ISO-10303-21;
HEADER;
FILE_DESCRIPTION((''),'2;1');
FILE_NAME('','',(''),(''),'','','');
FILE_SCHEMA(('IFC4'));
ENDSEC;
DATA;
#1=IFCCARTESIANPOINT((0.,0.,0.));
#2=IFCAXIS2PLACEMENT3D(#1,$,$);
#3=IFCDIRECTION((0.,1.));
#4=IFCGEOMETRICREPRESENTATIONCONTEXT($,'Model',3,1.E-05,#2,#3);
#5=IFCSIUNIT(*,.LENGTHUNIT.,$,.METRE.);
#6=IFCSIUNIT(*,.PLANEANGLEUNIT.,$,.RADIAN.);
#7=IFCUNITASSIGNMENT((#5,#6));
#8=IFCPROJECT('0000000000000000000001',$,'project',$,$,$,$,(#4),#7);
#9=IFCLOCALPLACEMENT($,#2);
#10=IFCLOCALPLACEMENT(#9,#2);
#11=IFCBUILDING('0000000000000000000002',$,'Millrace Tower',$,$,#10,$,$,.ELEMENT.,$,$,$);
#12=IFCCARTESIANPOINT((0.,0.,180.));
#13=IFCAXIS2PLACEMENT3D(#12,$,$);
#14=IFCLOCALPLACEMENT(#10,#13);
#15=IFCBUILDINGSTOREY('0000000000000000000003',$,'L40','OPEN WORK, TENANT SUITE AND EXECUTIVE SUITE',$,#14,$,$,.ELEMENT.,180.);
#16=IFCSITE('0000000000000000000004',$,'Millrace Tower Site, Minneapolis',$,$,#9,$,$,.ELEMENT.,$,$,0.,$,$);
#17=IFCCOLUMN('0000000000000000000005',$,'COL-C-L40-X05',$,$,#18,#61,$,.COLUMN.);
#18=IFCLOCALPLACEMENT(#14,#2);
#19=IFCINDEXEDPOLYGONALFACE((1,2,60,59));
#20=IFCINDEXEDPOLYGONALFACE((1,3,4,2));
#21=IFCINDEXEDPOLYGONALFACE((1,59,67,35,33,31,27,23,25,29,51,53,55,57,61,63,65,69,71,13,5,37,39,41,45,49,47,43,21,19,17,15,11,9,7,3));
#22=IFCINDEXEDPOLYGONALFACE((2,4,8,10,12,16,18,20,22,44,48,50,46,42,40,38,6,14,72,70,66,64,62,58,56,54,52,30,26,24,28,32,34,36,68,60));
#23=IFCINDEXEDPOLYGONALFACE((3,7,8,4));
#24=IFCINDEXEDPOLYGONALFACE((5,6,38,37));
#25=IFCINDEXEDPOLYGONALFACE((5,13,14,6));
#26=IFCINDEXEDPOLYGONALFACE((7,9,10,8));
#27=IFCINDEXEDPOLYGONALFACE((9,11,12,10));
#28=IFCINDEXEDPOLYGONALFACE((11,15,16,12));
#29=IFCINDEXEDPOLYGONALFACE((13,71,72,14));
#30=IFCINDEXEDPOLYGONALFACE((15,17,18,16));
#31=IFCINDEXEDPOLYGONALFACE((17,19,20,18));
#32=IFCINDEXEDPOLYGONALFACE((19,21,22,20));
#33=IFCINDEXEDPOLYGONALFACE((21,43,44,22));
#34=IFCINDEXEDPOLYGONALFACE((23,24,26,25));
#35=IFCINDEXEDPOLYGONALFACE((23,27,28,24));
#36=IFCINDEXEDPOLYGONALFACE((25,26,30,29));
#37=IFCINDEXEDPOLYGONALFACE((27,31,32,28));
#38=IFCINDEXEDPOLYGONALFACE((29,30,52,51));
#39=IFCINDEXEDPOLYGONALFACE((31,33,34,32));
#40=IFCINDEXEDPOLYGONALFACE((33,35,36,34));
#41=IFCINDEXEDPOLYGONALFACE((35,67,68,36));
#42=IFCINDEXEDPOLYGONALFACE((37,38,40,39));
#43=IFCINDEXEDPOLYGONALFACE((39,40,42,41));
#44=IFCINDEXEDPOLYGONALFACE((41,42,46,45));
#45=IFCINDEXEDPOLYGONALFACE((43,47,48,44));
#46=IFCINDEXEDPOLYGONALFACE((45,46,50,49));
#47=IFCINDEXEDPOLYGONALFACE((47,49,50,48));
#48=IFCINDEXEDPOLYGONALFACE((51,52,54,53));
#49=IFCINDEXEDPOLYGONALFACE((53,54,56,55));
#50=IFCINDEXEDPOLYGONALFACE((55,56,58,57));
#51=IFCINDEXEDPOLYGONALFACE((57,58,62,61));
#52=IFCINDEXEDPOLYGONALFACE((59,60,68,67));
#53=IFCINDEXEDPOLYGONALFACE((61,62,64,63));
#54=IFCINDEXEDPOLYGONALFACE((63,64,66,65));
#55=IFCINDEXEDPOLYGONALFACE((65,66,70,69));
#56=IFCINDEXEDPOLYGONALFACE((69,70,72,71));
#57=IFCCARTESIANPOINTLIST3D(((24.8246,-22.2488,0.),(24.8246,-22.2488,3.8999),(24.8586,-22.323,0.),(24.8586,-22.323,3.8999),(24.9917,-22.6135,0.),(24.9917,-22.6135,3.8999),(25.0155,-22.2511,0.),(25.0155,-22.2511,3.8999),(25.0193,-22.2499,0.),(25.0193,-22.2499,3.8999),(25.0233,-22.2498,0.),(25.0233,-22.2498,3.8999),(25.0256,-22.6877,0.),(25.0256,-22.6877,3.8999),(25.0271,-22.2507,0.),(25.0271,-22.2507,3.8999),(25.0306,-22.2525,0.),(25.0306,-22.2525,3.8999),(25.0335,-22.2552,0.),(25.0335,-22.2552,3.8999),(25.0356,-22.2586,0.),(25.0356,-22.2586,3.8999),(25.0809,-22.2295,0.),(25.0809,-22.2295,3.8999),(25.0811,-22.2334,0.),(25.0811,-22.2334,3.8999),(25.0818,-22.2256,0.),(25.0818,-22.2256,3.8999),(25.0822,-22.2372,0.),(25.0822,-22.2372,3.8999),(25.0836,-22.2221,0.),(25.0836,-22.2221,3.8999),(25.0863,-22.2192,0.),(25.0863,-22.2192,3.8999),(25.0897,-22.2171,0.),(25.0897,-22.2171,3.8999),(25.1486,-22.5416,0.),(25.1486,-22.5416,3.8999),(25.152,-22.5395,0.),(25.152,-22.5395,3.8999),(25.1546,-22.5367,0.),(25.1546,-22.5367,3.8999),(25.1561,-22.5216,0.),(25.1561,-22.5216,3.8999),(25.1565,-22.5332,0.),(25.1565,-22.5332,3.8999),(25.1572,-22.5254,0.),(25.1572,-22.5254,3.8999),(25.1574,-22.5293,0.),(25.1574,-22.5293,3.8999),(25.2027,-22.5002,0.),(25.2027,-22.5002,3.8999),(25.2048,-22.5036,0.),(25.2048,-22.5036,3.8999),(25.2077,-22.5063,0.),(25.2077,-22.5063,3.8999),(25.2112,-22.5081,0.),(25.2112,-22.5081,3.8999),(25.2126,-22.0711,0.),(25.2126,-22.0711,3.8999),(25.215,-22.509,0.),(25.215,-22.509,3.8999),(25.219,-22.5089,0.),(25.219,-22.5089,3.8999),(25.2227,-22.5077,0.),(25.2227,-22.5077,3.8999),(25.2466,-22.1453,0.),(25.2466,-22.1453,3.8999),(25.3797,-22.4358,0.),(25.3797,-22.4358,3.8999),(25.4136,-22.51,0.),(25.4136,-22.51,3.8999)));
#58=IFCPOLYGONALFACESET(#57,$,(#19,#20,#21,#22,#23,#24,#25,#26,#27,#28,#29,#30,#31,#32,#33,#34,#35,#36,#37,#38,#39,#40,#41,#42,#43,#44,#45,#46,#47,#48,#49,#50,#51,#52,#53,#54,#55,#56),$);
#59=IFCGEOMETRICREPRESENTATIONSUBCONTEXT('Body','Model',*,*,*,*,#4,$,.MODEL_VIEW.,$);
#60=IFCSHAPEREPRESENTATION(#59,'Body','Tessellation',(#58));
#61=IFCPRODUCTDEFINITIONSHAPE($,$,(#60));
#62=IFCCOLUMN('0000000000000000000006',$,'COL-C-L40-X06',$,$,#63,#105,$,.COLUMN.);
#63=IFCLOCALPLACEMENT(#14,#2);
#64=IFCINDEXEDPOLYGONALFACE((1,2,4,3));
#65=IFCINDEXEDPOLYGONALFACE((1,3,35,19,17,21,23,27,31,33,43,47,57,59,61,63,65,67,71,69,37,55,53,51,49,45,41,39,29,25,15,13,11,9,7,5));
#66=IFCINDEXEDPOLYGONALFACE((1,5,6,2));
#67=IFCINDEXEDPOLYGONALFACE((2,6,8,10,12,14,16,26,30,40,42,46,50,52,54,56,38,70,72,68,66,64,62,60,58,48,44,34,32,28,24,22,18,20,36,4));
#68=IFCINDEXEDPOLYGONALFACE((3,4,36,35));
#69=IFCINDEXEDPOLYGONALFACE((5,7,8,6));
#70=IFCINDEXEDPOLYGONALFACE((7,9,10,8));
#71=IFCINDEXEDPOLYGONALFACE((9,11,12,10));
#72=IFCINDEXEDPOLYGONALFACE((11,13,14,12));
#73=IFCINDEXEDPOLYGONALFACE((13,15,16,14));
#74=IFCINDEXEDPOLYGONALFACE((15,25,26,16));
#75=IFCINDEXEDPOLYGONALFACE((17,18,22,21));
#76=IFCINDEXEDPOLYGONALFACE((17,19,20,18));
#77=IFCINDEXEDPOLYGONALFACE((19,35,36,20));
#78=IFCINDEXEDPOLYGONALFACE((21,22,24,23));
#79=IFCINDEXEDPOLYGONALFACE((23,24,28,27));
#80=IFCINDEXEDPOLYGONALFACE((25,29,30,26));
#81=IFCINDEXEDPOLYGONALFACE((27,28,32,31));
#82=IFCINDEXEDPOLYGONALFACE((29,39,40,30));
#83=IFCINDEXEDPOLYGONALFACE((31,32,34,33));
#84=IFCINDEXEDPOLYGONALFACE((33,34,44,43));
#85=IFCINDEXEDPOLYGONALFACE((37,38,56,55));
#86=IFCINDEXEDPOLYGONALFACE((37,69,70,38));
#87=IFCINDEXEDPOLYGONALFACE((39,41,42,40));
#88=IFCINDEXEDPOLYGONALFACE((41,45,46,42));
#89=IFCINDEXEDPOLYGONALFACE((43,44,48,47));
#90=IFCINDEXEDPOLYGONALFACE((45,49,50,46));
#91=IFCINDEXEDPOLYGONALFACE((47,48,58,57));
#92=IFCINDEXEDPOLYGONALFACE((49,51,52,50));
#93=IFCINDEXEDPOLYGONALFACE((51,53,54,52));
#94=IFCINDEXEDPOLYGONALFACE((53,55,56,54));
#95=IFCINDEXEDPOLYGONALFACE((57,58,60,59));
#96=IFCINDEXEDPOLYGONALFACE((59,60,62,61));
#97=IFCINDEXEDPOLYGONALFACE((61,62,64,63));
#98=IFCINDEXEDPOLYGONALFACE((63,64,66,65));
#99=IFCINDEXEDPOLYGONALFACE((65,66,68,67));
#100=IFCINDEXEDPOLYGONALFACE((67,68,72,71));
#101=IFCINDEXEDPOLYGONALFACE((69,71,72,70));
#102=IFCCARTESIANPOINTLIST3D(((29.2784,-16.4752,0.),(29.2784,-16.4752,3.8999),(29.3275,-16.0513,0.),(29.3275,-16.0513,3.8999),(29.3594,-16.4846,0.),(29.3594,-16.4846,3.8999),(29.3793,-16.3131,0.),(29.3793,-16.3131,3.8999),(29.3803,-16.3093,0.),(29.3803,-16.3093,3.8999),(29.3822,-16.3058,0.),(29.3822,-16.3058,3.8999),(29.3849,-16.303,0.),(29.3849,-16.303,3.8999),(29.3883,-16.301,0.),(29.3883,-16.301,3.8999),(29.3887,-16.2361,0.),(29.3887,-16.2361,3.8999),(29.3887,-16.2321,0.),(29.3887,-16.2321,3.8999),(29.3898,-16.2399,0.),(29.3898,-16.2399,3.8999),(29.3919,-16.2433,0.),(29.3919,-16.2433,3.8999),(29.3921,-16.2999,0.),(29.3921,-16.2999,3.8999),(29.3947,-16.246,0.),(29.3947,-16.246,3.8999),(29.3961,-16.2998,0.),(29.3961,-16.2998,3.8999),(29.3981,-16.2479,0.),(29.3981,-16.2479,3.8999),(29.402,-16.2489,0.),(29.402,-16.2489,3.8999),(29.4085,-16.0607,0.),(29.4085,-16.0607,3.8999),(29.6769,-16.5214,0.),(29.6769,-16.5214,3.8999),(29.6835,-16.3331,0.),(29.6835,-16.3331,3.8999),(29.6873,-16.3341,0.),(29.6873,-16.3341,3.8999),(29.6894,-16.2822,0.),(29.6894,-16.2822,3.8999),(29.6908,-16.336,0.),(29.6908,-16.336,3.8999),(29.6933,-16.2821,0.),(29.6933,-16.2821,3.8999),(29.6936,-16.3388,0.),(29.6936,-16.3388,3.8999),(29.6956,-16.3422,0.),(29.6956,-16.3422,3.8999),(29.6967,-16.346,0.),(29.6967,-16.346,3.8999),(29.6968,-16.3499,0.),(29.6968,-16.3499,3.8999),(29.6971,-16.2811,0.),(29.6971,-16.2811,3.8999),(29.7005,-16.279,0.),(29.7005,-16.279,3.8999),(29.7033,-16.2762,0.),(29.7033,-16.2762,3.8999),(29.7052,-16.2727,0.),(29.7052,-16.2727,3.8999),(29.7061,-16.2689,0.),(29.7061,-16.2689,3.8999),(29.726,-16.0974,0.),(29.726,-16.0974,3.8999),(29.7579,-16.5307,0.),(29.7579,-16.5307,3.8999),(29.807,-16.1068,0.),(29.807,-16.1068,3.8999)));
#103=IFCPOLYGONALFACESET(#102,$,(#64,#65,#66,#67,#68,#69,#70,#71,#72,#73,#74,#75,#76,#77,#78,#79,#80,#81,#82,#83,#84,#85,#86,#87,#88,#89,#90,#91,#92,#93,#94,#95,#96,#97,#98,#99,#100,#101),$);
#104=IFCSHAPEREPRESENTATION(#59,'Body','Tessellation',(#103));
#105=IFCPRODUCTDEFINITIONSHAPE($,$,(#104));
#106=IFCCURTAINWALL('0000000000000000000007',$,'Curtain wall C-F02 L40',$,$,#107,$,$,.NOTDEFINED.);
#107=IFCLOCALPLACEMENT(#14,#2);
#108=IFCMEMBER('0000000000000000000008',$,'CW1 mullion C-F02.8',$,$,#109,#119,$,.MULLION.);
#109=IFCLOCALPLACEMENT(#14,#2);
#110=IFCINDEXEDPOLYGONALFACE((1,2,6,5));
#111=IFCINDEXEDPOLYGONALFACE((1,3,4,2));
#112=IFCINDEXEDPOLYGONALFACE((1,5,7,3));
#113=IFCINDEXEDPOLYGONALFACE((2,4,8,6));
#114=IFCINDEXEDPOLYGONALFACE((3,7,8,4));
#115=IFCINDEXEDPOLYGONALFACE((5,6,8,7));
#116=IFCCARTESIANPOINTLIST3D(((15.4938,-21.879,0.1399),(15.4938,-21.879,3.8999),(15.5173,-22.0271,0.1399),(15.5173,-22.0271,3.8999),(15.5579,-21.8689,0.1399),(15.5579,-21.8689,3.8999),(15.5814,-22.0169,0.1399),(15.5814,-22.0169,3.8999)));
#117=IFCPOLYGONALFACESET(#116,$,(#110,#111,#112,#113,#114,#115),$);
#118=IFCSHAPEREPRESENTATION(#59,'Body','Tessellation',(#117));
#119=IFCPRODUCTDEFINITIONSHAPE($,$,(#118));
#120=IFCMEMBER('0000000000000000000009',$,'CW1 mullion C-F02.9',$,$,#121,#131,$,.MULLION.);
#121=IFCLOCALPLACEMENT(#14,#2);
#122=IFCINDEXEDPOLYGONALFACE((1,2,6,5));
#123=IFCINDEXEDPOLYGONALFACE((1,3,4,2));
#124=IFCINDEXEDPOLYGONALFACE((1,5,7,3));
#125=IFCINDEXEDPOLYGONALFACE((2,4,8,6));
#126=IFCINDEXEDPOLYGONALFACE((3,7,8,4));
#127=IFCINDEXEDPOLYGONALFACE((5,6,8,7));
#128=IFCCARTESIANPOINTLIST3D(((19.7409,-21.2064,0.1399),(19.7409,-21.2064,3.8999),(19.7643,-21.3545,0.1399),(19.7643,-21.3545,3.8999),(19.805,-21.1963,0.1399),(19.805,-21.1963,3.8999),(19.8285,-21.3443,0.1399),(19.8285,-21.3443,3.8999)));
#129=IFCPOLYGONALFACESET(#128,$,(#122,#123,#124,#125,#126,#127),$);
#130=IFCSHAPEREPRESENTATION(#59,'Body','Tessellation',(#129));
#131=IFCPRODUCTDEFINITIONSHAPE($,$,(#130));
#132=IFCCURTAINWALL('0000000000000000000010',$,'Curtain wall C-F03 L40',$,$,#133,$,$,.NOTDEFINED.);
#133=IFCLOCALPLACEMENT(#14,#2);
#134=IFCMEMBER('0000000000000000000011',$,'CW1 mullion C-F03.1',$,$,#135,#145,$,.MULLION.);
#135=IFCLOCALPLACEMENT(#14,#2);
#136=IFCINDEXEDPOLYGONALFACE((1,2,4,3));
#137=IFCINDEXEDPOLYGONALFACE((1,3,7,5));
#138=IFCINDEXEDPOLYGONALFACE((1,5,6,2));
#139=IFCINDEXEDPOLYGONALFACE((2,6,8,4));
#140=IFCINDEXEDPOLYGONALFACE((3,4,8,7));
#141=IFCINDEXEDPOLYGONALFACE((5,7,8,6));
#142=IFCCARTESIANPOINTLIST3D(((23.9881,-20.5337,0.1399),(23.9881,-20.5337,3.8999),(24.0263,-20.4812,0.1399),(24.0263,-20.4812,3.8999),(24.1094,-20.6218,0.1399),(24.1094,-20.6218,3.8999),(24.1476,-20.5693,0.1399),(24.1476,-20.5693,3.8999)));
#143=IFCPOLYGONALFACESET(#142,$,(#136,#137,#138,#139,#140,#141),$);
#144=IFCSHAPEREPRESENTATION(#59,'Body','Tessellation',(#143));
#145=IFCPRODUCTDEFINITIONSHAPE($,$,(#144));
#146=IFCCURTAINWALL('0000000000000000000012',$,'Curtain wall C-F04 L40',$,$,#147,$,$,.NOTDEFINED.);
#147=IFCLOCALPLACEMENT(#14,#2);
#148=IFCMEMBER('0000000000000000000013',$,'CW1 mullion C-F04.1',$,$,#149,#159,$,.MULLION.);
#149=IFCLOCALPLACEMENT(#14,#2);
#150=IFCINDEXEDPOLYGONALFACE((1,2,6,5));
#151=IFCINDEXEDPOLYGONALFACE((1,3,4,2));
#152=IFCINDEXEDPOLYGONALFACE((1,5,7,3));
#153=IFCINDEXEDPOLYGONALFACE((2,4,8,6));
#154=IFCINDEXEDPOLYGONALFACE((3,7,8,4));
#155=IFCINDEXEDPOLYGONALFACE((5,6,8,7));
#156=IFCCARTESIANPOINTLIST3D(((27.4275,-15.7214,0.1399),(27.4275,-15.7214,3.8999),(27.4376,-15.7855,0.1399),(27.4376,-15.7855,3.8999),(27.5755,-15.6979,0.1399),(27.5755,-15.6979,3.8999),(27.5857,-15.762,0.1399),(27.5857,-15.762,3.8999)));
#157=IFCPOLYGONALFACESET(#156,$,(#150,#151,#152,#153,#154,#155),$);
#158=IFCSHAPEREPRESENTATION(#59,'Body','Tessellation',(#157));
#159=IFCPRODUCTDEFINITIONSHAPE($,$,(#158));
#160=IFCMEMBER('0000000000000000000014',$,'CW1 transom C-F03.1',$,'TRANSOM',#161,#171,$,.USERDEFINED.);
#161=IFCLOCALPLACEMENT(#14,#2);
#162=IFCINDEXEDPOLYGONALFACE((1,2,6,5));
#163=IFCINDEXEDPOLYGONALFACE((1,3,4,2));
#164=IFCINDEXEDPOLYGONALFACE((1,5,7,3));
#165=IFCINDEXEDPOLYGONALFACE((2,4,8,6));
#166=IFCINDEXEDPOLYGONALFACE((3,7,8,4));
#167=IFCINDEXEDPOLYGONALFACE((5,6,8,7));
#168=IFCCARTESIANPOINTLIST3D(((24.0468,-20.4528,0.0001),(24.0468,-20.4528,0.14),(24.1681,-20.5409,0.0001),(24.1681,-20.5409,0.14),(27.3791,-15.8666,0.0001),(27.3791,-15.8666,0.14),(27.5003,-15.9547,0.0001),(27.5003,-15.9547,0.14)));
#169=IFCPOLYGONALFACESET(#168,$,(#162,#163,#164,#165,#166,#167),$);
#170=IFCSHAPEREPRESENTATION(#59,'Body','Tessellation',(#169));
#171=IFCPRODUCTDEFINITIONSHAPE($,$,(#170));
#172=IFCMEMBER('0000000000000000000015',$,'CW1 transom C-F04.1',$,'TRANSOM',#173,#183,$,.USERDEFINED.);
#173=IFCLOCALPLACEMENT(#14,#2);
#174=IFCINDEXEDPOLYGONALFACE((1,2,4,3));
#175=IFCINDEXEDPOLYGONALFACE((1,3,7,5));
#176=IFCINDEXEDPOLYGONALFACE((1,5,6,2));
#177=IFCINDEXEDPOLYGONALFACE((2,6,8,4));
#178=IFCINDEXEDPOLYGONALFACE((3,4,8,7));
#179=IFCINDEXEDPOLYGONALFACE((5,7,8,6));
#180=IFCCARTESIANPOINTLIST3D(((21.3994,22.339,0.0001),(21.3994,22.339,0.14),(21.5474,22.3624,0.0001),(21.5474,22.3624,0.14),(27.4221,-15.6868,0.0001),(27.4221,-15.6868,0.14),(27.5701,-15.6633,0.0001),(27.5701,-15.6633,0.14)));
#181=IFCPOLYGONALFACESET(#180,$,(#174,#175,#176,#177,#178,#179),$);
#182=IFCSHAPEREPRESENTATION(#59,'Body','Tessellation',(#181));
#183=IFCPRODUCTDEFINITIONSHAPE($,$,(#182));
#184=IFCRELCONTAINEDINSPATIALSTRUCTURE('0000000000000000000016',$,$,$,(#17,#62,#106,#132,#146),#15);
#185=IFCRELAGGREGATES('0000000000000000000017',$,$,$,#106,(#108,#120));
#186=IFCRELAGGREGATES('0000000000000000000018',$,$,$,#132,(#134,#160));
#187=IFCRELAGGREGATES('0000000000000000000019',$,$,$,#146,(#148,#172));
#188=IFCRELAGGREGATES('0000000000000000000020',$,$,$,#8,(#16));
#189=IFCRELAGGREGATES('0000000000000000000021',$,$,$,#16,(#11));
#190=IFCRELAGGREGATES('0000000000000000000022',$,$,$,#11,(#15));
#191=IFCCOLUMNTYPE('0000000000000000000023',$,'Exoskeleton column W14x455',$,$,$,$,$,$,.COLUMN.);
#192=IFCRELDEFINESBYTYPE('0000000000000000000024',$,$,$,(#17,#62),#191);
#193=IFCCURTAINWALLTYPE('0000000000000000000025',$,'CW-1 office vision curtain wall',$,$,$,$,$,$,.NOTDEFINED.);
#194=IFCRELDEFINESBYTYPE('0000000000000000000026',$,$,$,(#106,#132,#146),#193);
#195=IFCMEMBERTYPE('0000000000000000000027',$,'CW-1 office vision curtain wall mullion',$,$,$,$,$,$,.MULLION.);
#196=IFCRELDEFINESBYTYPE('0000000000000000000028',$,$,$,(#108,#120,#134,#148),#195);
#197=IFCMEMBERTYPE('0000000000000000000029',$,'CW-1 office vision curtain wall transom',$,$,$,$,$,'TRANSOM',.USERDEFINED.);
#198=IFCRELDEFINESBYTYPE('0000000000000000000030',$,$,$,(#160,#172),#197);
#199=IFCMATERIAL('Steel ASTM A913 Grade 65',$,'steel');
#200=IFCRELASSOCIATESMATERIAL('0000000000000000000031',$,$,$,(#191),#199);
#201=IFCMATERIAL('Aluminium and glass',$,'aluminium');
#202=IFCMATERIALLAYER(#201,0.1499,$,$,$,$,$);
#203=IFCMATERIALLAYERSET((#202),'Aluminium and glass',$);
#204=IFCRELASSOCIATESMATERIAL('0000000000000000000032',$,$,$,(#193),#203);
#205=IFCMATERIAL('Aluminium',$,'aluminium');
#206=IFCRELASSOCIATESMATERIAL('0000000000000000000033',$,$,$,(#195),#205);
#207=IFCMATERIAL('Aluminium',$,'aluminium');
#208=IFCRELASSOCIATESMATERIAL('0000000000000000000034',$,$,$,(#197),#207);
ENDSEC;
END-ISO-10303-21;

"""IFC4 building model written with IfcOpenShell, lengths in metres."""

from ifc_helpers import new_model, si_unit, direction, frame, origin, origin_2d, place, context, subcontext, project, spatial, rectangle, i_section, extrude, material, layer, layer_set, material_profile, profile_set, type_object, element, aggregate, save


model = new_model("IFC4")

# Units and contexts
model_context = context("Model", 3, precision=1e-05, world=origin(), true_north=direction((0.0, 1.0)))
body_context = subcontext(model_context, "Body", "Model", "MODEL_VIEW")
ifc_project = project(units=[si_unit("LENGTHUNIT", "METRE"), si_unit("PLANEANGLEUNIT", "RADIAN")], contexts=[model_context])

# Site, building, storey
site_placement = place(None, origin())
site = spatial("IfcSite", under=ifc_project, at=site_placement, Name="Millrace Tower Site, Minneapolis", CompositionType="ELEMENT", RefElevation=0.0)
building_placement = place(site_placement, origin())
building = spatial("IfcBuilding", under=site, at=building_placement, Name="Millrace Tower", CompositionType="ELEMENT")
storey_placement = place(building_placement, frame((0.0, 0.0, 180.0)))
storey = spatial("IfcBuildingStorey", under=building, at=storey_placement, Name="L40", Description="OPEN WORK, TENANT SUITE AND EXECUTIVE SUITE", CompositionType="ELEMENT", Elevation=180.0)

# Columns
ifc_material_1 = material(Name="Steel ASTM A913 Grade 65", Category="steel")
ifc_material_profile_1 = material_profile(ifc_material_1, i_section(OverallWidth=0.4268, OverallDepth=0.4827, WebThickness=0.0513, FlangeThickness=0.0815, FilletRadius=0.0151, at=origin_2d()))
ifc_profile_set_1 = profile_set([ifc_material_profile_1], Name="Steel ASTM A913 Grade 65")
column_type = type_object("IfcColumnType", Name="Exoskeleton column W14x455", PredefinedType="COLUMN", material=ifc_profile_set_1)
for number, where, z_axis, x_axis, name in (
    (1, (25.1191, -22.3794, 0.0), (0.0, 0.0, 1.0), (0.909181, 0.416401, 0.0), "COL-C-L40-X05"),
    (2, (29.5427, -16.291, 0.0), (0.0, 0.0, 1.0), (0.115069, 0.993358, 0.0), "COL-C-L40-X06"),
):
    element("IfcColumn", number, at=place(storey_placement, frame(where, z_axis=z_axis, x_axis=x_axis)), inside=storey, type_object=column_type, Name=name, PredefinedType="COLUMN", context=body_context, shape_type="SweptSolid", body=[
        extrude(i_section(OverallWidth=0.4268, OverallDepth=0.4827, WebThickness=0.0513, FlangeThickness=0.0815, FilletRadius=0.0151, at=origin_2d()), origin(), (0.0, 0.0, 1.0), 3.8999),
    ])

# Curtain wall, members
ifc_material_2 = material(Name="Aluminium and glass", Category="aluminium")
ifc_layer_1 = layer(ifc_material_2, 0.1499)
ifc_layer_set_1 = layer_set([ifc_layer_1], Name="Aluminium and glass")
curtain_wall_type = type_object("IfcCurtainWallType", Name="CW-1 office vision curtain wall", PredefinedType="NOTDEFINED", material=ifc_layer_set_1)
placement = place(storey_placement, origin())
curtain_wall_1 = element("IfcCurtainWall", 3, at=placement, inside=storey, type_object=curtain_wall_type, Name="Curtain wall C-F02 L40", PredefinedType="NOTDEFINED")
ifc_material_3 = material(Name="Aluminium", Category="aluminium")
ifc_material_profile_2 = material_profile(ifc_material_3, rectangle(XDim=0.0649, YDim=0.1499, at=origin_2d()))
ifc_profile_set_2 = profile_set([ifc_material_profile_2], Name="Aluminium")
member_type_1 = type_object("IfcMemberType", Name="CW-1 office vision curtain wall mullion", PredefinedType="MULLION", material=ifc_profile_set_2)
member_1_placement = place(storey_placement, frame((15.5376, -21.948, 0.1399), z_axis=(0.0, 0.0, 1.0), x_axis=(0.987688, 0.156434, 0.0)))
member_1 = element("IfcMember", 4, at=member_1_placement, type_object=member_type_1, Name="CW1 mullion C-F02.8", PredefinedType="MULLION", context=body_context, shape_type="SweptSolid", body=[
    extrude(rectangle(XDim=0.0649, YDim=0.1499, at=origin_2d()), origin(), (0.0, 0.0, 1.0), 3.76),
])
member_2_placement = place(storey_placement, frame((19.7847, -21.2754, 0.1399), z_axis=(0.0, 0.0, 1.0), x_axis=(0.987688, 0.156434, 0.0)))
member_2 = element("IfcMember", 5, at=member_2_placement, type_object=member_type_1, Name="CW1 mullion C-F02.9", PredefinedType="MULLION", context=body_context, shape_type="SweptSolid", body=[
    extrude(rectangle(XDim=0.0649, YDim=0.1499, at=origin_2d()), origin(), (0.0, 0.0, 1.0), 3.76),
])
aggregate(curtain_wall_1, [member_1, member_2])

# Curtain walls, members
curtain_wall_2 = element("IfcCurtainWall", 6, at=placement, inside=storey, type_object=curtain_wall_type, Name="Curtain wall C-F03 L40", PredefinedType="NOTDEFINED")
member_3_placement = place(storey_placement, frame((24.0679, -20.5515, 0.1399), z_axis=(0.0, 0.0, 1.0), x_axis=(0.587785, 0.809017, 0.0)))
member_3 = element("IfcMember", 7, at=member_3_placement, type_object=member_type_1, Name="CW1 mullion C-F03.1", PredefinedType="MULLION", context=body_context, shape_type="SweptSolid", body=[
    extrude(rectangle(XDim=0.0649, YDim=0.1499, at=origin_2d()), origin(), (0.0, 0.0, 1.0), 3.76),
])
curtain_wall_3 = element("IfcCurtainWall", 8, at=placement, inside=storey, type_object=curtain_wall_type, Name="Curtain wall C-F04 L40", PredefinedType="NOTDEFINED")
member_4_placement = place(storey_placement, frame((27.5066, -15.7417, 0.1399), z_axis=(0.0, 0.0, 1.0), x_axis=(-0.156434, 0.987688, 0.0)))
member_4 = element("IfcMember", 9, at=member_4_placement, type_object=member_type_1, Name="CW1 mullion C-F04.1", PredefinedType="MULLION", context=body_context, shape_type="SweptSolid", body=[
    extrude(rectangle(XDim=0.0649, YDim=0.1499, at=origin_2d()), origin(), (0.0, 0.0, 1.0), 3.76),
])

# Members
ifc_material_4 = material(Name="Aluminium", Category="aluminium")
ifc_material_profile_3 = material_profile(ifc_material_4, rectangle(XDim=0.1499, YDim=0.1399, at=origin_2d()))
ifc_profile_set_3 = profile_set([ifc_material_profile_3], Name="Aluminium")
member_type_2 = type_object("IfcMemberType", Name="CW-1 office vision curtain wall transom", ElementType="TRANSOM", PredefinedType="USERDEFINED", material=ifc_profile_set_3)
member_5_placement = place(storey_placement, frame((24.1074, -20.4968, 0.0701), z_axis=(0.587811, 0.808999, 0.0), x_axis=(-0.808999, 0.587811, 0.0)))
member_5 = element("IfcMember", 10, at=member_5_placement, type_object=member_type_2, Name="CW1 transom C-F03.1", ObjectType="TRANSOM", PredefinedType="USERDEFINED", context=body_context, shape_type="SweptSolid", body=[
    extrude(rectangle(XDim=0.1499, YDim=0.1399, at=origin_2d()), origin(), (0.0, 0.0, 1.0), 5.6689),
])
aggregate(curtain_wall_2, [member_3, member_5])
member_6_placement = place(storey_placement, frame((27.4961, -15.675, 0.0701), z_axis=(-0.156434, 0.987688, 0.0), x_axis=(-0.987688, -0.156434, 0.0)))
member_6 = element("IfcMember", 11, at=member_6_placement, type_object=member_type_2, Name="CW1 transom C-F04.1", ObjectType="TRANSOM", PredefinedType="USERDEFINED", context=body_context, shape_type="SweptSolid", body=[
    extrude(rectangle(XDim=0.1499, YDim=0.1399, at=origin_2d()), origin(), (0.0, 0.0, 1.0), 38.4998),
])
aggregate(curtain_wall_3, [member_4, member_6])

save(model, "model.ifc")
